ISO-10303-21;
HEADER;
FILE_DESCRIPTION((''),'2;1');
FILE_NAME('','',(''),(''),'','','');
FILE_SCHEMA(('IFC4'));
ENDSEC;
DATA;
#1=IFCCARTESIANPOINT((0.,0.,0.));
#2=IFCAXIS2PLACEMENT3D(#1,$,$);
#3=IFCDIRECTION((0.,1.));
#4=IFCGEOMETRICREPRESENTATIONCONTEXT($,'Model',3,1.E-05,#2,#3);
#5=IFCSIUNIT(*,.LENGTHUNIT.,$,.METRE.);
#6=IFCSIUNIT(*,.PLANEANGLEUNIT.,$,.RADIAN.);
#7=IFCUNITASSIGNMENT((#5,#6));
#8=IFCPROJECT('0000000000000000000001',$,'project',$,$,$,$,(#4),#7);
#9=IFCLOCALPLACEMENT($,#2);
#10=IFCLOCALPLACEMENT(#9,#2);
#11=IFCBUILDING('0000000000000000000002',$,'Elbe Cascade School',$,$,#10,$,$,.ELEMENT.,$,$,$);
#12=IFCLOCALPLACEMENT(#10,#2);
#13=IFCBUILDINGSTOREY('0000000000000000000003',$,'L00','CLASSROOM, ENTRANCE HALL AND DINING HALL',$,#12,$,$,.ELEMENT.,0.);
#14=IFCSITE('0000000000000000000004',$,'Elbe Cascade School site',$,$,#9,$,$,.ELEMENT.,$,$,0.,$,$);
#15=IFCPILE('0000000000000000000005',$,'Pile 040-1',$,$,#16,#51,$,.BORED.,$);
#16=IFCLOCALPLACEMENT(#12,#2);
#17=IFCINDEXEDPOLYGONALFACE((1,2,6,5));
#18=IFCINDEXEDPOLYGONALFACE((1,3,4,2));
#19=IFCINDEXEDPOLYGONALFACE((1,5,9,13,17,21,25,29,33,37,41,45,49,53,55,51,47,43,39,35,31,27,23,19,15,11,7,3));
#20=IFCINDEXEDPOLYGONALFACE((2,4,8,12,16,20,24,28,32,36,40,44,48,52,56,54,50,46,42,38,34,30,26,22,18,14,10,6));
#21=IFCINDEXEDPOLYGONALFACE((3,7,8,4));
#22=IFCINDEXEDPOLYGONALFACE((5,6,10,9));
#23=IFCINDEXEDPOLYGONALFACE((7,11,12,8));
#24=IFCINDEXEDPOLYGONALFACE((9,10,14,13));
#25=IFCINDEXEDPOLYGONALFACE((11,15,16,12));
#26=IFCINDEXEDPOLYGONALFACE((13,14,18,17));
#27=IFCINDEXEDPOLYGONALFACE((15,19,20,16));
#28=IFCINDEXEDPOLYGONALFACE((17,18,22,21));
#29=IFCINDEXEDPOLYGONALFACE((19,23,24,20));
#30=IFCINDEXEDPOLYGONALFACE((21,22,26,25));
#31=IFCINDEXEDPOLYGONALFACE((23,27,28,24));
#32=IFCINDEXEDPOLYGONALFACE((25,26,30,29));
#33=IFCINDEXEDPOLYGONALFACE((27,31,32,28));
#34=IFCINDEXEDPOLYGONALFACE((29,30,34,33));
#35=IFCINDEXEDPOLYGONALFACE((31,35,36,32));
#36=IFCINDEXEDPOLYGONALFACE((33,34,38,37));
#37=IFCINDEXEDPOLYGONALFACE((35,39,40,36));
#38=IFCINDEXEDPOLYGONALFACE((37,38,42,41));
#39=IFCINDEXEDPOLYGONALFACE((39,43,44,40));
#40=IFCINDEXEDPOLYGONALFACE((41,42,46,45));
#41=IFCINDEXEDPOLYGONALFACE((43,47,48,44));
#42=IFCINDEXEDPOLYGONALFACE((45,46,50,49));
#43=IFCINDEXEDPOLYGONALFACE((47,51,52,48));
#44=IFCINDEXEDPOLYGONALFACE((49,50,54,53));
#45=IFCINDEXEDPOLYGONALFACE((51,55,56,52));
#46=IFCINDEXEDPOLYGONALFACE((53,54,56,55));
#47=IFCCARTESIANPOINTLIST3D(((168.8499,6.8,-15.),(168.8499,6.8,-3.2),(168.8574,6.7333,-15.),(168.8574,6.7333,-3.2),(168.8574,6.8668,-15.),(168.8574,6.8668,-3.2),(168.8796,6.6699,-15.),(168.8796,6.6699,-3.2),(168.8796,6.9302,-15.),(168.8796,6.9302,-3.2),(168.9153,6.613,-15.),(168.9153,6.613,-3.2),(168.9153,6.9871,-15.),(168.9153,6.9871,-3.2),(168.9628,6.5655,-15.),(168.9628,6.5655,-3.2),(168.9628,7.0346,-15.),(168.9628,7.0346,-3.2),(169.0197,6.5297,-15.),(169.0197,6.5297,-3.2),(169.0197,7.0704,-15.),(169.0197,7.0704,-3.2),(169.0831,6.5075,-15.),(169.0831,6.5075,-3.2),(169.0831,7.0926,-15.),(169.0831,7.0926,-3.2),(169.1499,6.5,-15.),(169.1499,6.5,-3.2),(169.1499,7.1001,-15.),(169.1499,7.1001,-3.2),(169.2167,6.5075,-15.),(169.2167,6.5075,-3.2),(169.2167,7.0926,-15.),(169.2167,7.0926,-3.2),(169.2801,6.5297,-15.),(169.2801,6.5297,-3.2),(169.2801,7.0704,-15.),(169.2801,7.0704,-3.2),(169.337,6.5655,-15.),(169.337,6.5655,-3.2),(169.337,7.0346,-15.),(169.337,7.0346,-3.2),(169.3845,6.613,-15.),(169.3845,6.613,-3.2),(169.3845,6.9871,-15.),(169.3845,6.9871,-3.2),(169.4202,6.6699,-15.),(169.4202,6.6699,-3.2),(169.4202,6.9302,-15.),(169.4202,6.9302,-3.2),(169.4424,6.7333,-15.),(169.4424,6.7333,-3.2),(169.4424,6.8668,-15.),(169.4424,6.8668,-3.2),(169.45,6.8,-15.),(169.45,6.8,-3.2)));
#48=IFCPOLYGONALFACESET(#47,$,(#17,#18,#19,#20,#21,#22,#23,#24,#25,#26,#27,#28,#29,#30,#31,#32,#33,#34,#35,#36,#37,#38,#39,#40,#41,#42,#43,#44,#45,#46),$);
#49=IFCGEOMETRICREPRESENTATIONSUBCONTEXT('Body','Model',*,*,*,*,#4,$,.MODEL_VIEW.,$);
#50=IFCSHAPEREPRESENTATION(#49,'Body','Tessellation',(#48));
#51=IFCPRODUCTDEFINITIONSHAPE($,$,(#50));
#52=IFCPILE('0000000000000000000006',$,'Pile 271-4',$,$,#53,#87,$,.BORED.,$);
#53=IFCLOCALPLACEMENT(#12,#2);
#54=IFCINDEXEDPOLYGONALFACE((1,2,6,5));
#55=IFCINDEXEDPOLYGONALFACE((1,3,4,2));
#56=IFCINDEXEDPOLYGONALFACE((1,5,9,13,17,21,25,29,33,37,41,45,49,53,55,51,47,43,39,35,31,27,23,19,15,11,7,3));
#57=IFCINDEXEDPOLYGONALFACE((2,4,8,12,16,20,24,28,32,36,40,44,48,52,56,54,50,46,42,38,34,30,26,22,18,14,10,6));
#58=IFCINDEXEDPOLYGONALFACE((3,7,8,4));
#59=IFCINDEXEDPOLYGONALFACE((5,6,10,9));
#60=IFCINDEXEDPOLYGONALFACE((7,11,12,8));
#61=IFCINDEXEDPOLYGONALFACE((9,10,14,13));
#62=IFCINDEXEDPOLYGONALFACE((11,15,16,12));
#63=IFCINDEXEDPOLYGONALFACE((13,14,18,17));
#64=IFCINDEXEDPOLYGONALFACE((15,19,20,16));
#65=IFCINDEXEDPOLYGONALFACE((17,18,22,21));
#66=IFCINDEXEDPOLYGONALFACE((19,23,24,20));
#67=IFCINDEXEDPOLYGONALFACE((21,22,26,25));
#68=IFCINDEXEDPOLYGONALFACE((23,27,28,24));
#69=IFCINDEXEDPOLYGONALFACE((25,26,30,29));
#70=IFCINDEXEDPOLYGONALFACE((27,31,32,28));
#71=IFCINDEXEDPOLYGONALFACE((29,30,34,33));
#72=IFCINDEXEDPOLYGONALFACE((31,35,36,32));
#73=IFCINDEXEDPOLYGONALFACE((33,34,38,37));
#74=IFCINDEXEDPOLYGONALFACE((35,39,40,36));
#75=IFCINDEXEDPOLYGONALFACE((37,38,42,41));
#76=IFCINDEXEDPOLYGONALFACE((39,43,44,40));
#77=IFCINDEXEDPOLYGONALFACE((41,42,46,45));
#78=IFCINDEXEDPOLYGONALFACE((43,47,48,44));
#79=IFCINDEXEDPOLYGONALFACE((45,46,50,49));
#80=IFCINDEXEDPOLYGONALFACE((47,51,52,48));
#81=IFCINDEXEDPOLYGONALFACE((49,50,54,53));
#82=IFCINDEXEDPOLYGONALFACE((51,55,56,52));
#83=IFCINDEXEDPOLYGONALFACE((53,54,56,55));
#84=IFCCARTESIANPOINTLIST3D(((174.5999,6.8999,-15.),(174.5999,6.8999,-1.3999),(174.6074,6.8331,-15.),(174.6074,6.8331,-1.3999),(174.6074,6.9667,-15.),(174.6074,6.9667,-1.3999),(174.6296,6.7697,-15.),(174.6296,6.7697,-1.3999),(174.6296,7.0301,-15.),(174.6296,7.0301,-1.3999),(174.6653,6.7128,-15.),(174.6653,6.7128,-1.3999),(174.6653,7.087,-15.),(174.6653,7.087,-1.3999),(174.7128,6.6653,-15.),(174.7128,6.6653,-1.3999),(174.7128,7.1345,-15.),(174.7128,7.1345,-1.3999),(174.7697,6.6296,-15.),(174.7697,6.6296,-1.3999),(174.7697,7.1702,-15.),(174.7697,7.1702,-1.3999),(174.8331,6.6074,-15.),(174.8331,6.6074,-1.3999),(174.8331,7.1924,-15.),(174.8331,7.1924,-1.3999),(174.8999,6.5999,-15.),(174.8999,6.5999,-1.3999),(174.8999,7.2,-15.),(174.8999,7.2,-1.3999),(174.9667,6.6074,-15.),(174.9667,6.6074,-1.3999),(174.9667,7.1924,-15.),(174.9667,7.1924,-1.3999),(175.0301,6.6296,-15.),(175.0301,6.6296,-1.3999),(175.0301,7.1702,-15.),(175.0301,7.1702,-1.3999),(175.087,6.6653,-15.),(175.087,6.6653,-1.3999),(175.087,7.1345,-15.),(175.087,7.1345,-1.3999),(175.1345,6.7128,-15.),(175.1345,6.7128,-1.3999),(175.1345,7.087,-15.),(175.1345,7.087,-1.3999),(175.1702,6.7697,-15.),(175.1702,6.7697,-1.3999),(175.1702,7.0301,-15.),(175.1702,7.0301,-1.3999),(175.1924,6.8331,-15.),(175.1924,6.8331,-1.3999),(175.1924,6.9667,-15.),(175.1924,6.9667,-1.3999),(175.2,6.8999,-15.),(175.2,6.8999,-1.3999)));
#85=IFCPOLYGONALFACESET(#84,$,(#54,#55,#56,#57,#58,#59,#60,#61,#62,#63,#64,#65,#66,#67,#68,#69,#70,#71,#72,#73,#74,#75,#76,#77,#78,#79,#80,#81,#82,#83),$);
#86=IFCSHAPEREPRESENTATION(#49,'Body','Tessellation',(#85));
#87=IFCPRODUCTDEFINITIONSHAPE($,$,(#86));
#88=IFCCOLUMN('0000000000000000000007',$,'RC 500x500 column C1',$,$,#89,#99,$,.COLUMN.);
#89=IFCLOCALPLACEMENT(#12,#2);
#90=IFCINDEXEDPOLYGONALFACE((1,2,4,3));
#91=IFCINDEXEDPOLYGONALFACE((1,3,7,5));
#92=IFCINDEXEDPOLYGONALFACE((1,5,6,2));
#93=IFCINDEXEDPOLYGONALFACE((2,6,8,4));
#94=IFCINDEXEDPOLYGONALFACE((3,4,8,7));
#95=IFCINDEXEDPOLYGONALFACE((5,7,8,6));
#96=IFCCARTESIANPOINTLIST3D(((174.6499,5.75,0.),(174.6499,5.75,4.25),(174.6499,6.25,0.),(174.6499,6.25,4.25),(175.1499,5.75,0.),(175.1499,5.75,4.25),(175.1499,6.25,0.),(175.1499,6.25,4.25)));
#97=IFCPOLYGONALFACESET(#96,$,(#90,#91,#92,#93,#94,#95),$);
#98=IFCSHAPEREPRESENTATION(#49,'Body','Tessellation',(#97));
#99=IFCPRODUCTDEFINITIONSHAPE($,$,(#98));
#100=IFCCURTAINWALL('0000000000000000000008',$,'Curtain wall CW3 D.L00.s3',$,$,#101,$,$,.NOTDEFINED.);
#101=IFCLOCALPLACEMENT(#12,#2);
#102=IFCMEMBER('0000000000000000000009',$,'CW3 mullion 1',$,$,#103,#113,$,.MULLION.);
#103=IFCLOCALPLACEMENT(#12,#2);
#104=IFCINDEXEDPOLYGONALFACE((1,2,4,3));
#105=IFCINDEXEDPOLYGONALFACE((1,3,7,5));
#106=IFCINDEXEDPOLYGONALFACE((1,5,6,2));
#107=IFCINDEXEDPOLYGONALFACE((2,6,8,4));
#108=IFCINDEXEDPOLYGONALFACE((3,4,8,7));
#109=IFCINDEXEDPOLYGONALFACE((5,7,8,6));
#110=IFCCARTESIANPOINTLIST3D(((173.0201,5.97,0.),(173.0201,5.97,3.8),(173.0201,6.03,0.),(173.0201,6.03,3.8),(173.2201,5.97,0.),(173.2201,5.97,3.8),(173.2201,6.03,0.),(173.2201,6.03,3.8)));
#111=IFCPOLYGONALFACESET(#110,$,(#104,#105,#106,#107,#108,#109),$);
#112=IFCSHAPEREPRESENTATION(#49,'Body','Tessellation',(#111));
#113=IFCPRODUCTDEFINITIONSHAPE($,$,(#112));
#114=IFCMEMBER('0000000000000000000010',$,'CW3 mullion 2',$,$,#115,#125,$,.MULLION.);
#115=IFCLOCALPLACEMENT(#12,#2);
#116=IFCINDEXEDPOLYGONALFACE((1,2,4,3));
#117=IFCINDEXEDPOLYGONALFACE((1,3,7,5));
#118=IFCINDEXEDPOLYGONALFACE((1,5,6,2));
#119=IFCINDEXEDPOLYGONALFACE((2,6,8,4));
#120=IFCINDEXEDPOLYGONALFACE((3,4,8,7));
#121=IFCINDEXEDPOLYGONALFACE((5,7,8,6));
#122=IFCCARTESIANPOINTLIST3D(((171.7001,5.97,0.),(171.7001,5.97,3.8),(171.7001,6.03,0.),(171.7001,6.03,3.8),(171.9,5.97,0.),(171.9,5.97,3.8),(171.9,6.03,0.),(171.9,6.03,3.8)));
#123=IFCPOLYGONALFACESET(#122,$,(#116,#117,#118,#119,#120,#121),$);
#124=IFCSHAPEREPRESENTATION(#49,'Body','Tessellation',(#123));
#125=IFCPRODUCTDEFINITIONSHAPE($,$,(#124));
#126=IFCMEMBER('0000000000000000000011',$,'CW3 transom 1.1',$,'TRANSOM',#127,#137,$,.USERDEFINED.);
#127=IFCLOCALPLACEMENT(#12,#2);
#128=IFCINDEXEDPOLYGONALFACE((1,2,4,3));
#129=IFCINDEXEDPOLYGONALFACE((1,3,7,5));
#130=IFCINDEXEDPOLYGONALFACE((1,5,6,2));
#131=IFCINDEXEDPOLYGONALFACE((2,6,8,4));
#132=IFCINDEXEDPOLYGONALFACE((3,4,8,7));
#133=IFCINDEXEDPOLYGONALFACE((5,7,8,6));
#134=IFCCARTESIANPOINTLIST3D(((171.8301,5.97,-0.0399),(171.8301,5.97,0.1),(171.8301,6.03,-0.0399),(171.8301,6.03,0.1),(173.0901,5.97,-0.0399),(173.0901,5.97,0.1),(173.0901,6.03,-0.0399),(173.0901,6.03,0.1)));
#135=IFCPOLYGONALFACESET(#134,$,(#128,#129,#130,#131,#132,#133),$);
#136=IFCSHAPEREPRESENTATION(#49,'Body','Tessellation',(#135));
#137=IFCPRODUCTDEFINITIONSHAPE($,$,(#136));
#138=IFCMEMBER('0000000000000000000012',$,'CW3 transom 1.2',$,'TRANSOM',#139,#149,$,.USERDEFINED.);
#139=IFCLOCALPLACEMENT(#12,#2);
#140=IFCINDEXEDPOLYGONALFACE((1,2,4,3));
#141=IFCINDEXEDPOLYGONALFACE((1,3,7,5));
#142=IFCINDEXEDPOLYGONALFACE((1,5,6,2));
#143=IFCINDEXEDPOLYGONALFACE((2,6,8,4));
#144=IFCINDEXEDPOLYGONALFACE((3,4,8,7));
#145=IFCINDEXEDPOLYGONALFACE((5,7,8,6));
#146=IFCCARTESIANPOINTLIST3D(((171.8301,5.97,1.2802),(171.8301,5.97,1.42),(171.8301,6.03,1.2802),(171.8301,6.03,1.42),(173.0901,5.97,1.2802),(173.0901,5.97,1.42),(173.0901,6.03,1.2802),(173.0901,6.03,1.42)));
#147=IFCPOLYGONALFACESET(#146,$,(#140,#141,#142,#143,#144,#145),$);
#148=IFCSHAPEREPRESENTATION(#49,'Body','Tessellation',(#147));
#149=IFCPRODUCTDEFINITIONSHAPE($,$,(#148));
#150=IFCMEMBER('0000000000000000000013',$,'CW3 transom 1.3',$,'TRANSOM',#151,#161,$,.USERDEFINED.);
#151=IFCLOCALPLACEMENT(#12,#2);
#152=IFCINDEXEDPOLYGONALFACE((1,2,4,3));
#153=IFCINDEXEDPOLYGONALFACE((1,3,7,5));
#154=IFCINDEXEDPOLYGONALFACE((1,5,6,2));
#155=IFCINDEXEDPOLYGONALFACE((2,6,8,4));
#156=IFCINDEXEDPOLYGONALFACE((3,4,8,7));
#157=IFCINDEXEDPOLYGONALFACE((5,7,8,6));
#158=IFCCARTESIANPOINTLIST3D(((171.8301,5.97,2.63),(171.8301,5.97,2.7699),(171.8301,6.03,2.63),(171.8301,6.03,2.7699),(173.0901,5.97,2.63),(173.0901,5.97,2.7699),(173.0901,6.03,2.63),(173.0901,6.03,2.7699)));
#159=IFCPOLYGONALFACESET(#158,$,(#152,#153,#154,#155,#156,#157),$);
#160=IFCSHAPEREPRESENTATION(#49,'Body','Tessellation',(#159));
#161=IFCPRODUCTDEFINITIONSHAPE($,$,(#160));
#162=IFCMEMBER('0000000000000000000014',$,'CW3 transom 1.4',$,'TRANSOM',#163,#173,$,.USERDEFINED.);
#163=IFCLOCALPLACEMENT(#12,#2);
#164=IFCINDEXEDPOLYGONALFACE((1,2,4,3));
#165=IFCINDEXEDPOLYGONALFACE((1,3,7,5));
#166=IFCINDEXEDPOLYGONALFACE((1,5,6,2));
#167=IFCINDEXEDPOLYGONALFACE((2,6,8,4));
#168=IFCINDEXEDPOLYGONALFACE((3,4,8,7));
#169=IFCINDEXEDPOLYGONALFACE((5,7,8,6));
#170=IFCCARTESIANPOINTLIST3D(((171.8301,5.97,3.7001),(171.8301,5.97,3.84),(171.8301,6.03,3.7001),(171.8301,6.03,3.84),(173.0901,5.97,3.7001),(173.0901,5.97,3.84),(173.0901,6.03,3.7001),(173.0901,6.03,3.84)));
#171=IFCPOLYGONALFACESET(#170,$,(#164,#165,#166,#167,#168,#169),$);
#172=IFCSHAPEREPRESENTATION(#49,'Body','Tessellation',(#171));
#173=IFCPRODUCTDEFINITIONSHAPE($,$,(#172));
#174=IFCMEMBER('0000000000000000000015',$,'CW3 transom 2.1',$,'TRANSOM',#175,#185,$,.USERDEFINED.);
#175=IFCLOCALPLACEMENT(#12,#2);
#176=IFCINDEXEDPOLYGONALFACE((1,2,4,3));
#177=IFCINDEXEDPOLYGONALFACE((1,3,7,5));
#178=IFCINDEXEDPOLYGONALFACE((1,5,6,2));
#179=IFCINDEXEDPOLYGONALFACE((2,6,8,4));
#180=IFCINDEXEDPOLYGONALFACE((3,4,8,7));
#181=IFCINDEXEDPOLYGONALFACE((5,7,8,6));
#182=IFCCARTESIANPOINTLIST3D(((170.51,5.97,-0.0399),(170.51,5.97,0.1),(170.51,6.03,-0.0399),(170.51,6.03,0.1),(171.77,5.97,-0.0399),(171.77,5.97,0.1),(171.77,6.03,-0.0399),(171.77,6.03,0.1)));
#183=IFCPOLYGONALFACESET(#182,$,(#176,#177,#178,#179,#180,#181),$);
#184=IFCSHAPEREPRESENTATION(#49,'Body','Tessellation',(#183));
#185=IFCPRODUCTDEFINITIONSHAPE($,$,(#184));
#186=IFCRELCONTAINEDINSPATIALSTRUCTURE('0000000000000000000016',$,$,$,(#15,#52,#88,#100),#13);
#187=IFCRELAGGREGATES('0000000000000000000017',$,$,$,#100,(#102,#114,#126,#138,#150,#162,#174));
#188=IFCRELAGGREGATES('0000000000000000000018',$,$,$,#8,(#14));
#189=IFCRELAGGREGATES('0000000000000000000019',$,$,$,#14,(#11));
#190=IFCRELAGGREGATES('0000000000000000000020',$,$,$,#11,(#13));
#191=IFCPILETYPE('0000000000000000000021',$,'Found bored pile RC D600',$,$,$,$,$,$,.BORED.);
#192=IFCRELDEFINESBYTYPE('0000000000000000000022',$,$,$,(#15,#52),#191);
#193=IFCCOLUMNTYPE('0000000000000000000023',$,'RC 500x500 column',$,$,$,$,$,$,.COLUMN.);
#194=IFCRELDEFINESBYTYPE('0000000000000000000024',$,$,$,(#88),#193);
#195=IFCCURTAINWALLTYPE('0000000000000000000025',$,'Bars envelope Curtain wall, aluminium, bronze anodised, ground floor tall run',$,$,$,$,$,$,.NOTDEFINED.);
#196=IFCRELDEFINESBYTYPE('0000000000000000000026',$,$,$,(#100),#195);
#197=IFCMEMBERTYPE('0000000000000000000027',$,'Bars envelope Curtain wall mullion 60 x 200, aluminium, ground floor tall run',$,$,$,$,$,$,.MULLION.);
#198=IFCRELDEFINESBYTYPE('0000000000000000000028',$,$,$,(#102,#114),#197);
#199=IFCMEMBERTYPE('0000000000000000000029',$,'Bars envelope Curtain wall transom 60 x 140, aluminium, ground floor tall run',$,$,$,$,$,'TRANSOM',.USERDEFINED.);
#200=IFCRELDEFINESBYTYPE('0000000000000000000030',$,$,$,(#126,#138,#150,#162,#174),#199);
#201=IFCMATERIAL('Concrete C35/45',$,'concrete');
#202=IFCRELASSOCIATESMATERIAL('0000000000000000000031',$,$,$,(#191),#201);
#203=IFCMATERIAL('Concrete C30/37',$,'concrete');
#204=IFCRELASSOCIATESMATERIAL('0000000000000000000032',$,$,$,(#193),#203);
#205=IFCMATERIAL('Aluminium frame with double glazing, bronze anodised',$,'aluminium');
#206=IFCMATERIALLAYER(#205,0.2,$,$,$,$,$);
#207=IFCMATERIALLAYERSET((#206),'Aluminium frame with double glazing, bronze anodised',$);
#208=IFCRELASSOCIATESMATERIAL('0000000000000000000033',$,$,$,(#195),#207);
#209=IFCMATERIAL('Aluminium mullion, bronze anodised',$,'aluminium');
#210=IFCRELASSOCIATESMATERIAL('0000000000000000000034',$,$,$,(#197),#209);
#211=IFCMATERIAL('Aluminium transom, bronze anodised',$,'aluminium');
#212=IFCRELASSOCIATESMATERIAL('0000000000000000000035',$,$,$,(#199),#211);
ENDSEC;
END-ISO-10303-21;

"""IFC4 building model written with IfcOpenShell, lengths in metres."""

from ifc_helpers import new_model, si_unit, direction, frame, origin, origin_2d, place, context, subcontext, project, spatial, rectangle, circle, extrude, material, layer, layer_set, material_profile, profile_set, type_object, element, aggregate, save


model = new_model("IFC4")

# Units and contexts
model_context = context("Model", 3, precision=1e-05, world=origin(), true_north=direction((0.0, 1.0)))
body_context = subcontext(model_context, "Body", "Model", "MODEL_VIEW")
ifc_project = project(units=[si_unit("LENGTHUNIT", "METRE"), si_unit("PLANEANGLEUNIT", "RADIAN")], contexts=[model_context])

# Site, building, storey
site_placement = place(None, origin())
site = spatial("IfcSite", under=ifc_project, at=site_placement, Name="Elbe Cascade School site", CompositionType="ELEMENT", RefElevation=0.0)
building_placement = place(site_placement, origin())
building = spatial("IfcBuilding", under=site, at=building_placement, Name="Elbe Cascade School", CompositionType="ELEMENT")
storey_placement = place(building_placement, origin())
storey = spatial("IfcBuildingStorey", under=building, at=storey_placement, Name="L00", Description="CLASSROOM, ENTRANCE HALL AND DINING HALL", CompositionType="ELEMENT", Elevation=0.0)

# Piles
ifc_material_1 = material(Name="Concrete C35/45", Category="concrete")
ifc_material_profile_1 = material_profile(ifc_material_1, circle(Radius=0.3, at=origin_2d()), Name="RC D600")
ifc_profile_set_1 = profile_set([ifc_material_profile_1], Name="Concrete C35/45")
pile_type = type_object("IfcPileType", Name="Found bored pile RC D600", PredefinedType="BORED", material=ifc_profile_set_1)
pile_1_placement = place(storey_placement, frame((169.1499, 6.8, -3.2), z_axis=(0.0, 0.0, -1.0), x_axis=(1.0, 0.0, 0.0)))
element("IfcPile", 1, at=pile_1_placement, inside=storey, type_object=pile_type, Name="Pile 040-1", PredefinedType="BORED", context=body_context, shape_type="SweptSolid", body=[
    extrude(circle(Radius=0.3, at=origin_2d()), origin(), (0.0, 0.0, 1.0), 11.8),
])
pile_2_placement = place(storey_placement, frame((174.8999, 6.8999, -1.3999), z_axis=(0.0, 0.0, -1.0), x_axis=(1.0, 0.0, 0.0)))
element("IfcPile", 2, at=pile_2_placement, inside=storey, type_object=pile_type, Name="Pile 271-4", PredefinedType="BORED", context=body_context, shape_type="SweptSolid", body=[
    extrude(circle(Radius=0.3, at=origin_2d()), origin(), (0.0, 0.0, 1.0), 13.6001),
])

# Column
ifc_material_2 = material(Name="Concrete C30/37", Category="concrete")
ifc_material_profile_2 = material_profile(ifc_material_2, rectangle(XDim=0.5, YDim=0.5, at=origin_2d()), Name="RC 500x500")
ifc_profile_set_2 = profile_set([ifc_material_profile_2], Name="Concrete C30/37")
column_type = type_object("IfcColumnType", Name="RC 500x500 column", PredefinedType="COLUMN", material=ifc_profile_set_2)
column_placement = place(storey_placement, frame((174.8999, 6.0, 0.0), z_axis=(0.0, 0.0, 1.0), x_axis=(1.0, 0.0, 0.0)))
element("IfcColumn", 3, at=column_placement, inside=storey, type_object=column_type, Name="RC 500x500 column C1", PredefinedType="COLUMN", context=body_context, shape_type="SweptSolid", body=[
    extrude(rectangle(XDim=0.5, YDim=0.5, at=origin_2d()), origin(), (0.0, 0.0, 1.0), 4.25),
])

# Curtain wall, members
ifc_material_3 = material(Name="Aluminium frame with double glazing, bronze anodised", Category="aluminium")
ifc_layer_1 = layer(ifc_material_3, 0.2)
ifc_layer_set_1 = layer_set([ifc_layer_1], Name="Aluminium frame with double glazing, bronze anodised")
curtain_wall_type = type_object("IfcCurtainWallType", Name="Bars envelope Curtain wall, aluminium, bronze anodised, ground floor tall run", PredefinedType="NOTDEFINED", material=ifc_layer_set_1)
curtain_wall_placement = place(storey_placement, origin())
curtain_wall = element("IfcCurtainWall", 4, at=curtain_wall_placement, inside=storey, type_object=curtain_wall_type, Name="Curtain wall CW3 D.L00.s3", PredefinedType="NOTDEFINED")
ifc_material_4 = material(Name="Aluminium mullion, bronze anodised", Category="aluminium")
ifc_material_profile_3 = material_profile(ifc_material_4, rectangle(XDim=0.0601, YDim=0.2, at=origin_2d()), Name="Bars envelope Curtain wall mullion 60 x 200, aluminium, ground floor tall run")
ifc_profile_set_3 = profile_set([ifc_material_profile_3], Name="Aluminium mullion, bronze anodised")
member_type_1 = type_object("IfcMemberType", Name="Bars envelope Curtain wall mullion 60 x 200, aluminium, ground floor tall run", PredefinedType="MULLION", material=ifc_profile_set_3)
member_1_placement = place(storey_placement, frame((173.1201, 6.0, 0.0), z_axis=(0.0, 0.0, 1.0), x_axis=(0.0, -1.0, 0.0)))
member_1 = element("IfcMember", 5, at=member_1_placement, type_object=member_type_1, Name="CW3 mullion 1", PredefinedType="MULLION", context=body_context, shape_type="SweptSolid", body=[
    extrude(rectangle(XDim=0.0601, YDim=0.2, at=origin_2d()), origin(), (0.0, 0.0, 1.0), 3.8),
])
member_2_placement = place(storey_placement, frame((171.8, 6.0, 0.0), z_axis=(0.0, 0.0, 1.0), x_axis=(0.0, -1.0, 0.0)))
member_2 = element("IfcMember", 6, at=member_2_placement, type_object=member_type_1, Name="CW3 mullion 2", PredefinedType="MULLION", context=body_context, shape_type="SweptSolid", body=[
    extrude(rectangle(XDim=0.0601, YDim=0.2, at=origin_2d()), origin(), (0.0, 0.0, 1.0), 3.8),
])
ifc_material_5 = material(Name="Aluminium transom, bronze anodised", Category="aluminium")
ifc_material_profile_4 = material_profile(ifc_material_5, rectangle(XDim=0.0601, YDim=0.1399, at=origin_2d()), Name="Bars envelope Curtain wall transom 60 x 140, aluminium, ground floor tall run")
ifc_profile_set_4 = profile_set([ifc_material_profile_4], Name="Aluminium transom, bronze anodised")
member_type_2 = type_object("IfcMemberType", Name="Bars envelope Curtain wall transom 60 x 140, aluminium, ground floor tall run", ElementType="TRANSOM", PredefinedType="USERDEFINED", material=ifc_profile_set_4)
member_3_placement = place(storey_placement, frame((173.0901, 6.0, 0.03), z_axis=(-1.0, 0.0, 0.0), x_axis=(0.0, -1.0, 0.0)))
member_3 = element("IfcMember", 7, at=member_3_placement, type_object=member_type_2, Name="CW3 transom 1.1", ObjectType="TRANSOM", PredefinedType="USERDEFINED", context=body_context, shape_type="SweptSolid", body=[
    extrude(rectangle(XDim=0.0601, YDim=0.1399, at=origin_2d()), origin(), (0.0, 0.0, 1.0), 1.26),
])
member_4_placement = place(storey_placement, frame((173.0901, 6.0, 1.3501), z_axis=(-1.0, 0.0, 0.0), x_axis=(0.0, -1.0, 0.0)))
member_4 = element("IfcMember", 8, at=member_4_placement, type_object=member_type_2, Name="CW3 transom 1.2", ObjectType="TRANSOM", PredefinedType="USERDEFINED", context=body_context, shape_type="SweptSolid", body=[
    extrude(rectangle(XDim=0.0601, YDim=0.1399, at=origin_2d()), origin(), (0.0, 0.0, 1.0), 1.26),
])
member_5_placement = place(storey_placement, frame((173.0901, 6.0, 2.7), z_axis=(-1.0, 0.0, 0.0), x_axis=(0.0, -1.0, 0.0)))
member_5 = element("IfcMember", 9, at=member_5_placement, type_object=member_type_2, Name="CW3 transom 1.3", ObjectType="TRANSOM", PredefinedType="USERDEFINED", context=body_context, shape_type="SweptSolid", body=[
    extrude(rectangle(XDim=0.0601, YDim=0.1399, at=origin_2d()), origin(), (0.0, 0.0, 1.0), 1.26),
])
member_6_placement = place(storey_placement, frame((173.0901, 6.0, 3.77), z_axis=(-1.0, 0.0, 0.0), x_axis=(0.0, -1.0, 0.0)))
member_6 = element("IfcMember", 10, at=member_6_placement, type_object=member_type_2, Name="CW3 transom 1.4", ObjectType="TRANSOM", PredefinedType="USERDEFINED", context=body_context, shape_type="SweptSolid", body=[
    extrude(rectangle(XDim=0.0601, YDim=0.1399, at=origin_2d()), origin(), (0.0, 0.0, 1.0), 1.26),
])
member_7_placement = place(storey_placement, frame((171.77, 6.0, 0.03), z_axis=(-1.0, 0.0, 0.0), x_axis=(0.0, -1.0, 0.0)))
member_7 = element("IfcMember", 11, at=member_7_placement, type_object=member_type_2, Name="CW3 transom 2.1", ObjectType="TRANSOM", PredefinedType="USERDEFINED", context=body_context, shape_type="SweptSolid", body=[
    extrude(rectangle(XDim=0.0601, YDim=0.1399, at=origin_2d()), origin(), (0.0, 0.0, 1.0), 1.26),
])

aggregate(curtain_wall, [member_1, member_2, member_3, member_4, member_5, member_6, member_7])

save(model, "model.ifc")
